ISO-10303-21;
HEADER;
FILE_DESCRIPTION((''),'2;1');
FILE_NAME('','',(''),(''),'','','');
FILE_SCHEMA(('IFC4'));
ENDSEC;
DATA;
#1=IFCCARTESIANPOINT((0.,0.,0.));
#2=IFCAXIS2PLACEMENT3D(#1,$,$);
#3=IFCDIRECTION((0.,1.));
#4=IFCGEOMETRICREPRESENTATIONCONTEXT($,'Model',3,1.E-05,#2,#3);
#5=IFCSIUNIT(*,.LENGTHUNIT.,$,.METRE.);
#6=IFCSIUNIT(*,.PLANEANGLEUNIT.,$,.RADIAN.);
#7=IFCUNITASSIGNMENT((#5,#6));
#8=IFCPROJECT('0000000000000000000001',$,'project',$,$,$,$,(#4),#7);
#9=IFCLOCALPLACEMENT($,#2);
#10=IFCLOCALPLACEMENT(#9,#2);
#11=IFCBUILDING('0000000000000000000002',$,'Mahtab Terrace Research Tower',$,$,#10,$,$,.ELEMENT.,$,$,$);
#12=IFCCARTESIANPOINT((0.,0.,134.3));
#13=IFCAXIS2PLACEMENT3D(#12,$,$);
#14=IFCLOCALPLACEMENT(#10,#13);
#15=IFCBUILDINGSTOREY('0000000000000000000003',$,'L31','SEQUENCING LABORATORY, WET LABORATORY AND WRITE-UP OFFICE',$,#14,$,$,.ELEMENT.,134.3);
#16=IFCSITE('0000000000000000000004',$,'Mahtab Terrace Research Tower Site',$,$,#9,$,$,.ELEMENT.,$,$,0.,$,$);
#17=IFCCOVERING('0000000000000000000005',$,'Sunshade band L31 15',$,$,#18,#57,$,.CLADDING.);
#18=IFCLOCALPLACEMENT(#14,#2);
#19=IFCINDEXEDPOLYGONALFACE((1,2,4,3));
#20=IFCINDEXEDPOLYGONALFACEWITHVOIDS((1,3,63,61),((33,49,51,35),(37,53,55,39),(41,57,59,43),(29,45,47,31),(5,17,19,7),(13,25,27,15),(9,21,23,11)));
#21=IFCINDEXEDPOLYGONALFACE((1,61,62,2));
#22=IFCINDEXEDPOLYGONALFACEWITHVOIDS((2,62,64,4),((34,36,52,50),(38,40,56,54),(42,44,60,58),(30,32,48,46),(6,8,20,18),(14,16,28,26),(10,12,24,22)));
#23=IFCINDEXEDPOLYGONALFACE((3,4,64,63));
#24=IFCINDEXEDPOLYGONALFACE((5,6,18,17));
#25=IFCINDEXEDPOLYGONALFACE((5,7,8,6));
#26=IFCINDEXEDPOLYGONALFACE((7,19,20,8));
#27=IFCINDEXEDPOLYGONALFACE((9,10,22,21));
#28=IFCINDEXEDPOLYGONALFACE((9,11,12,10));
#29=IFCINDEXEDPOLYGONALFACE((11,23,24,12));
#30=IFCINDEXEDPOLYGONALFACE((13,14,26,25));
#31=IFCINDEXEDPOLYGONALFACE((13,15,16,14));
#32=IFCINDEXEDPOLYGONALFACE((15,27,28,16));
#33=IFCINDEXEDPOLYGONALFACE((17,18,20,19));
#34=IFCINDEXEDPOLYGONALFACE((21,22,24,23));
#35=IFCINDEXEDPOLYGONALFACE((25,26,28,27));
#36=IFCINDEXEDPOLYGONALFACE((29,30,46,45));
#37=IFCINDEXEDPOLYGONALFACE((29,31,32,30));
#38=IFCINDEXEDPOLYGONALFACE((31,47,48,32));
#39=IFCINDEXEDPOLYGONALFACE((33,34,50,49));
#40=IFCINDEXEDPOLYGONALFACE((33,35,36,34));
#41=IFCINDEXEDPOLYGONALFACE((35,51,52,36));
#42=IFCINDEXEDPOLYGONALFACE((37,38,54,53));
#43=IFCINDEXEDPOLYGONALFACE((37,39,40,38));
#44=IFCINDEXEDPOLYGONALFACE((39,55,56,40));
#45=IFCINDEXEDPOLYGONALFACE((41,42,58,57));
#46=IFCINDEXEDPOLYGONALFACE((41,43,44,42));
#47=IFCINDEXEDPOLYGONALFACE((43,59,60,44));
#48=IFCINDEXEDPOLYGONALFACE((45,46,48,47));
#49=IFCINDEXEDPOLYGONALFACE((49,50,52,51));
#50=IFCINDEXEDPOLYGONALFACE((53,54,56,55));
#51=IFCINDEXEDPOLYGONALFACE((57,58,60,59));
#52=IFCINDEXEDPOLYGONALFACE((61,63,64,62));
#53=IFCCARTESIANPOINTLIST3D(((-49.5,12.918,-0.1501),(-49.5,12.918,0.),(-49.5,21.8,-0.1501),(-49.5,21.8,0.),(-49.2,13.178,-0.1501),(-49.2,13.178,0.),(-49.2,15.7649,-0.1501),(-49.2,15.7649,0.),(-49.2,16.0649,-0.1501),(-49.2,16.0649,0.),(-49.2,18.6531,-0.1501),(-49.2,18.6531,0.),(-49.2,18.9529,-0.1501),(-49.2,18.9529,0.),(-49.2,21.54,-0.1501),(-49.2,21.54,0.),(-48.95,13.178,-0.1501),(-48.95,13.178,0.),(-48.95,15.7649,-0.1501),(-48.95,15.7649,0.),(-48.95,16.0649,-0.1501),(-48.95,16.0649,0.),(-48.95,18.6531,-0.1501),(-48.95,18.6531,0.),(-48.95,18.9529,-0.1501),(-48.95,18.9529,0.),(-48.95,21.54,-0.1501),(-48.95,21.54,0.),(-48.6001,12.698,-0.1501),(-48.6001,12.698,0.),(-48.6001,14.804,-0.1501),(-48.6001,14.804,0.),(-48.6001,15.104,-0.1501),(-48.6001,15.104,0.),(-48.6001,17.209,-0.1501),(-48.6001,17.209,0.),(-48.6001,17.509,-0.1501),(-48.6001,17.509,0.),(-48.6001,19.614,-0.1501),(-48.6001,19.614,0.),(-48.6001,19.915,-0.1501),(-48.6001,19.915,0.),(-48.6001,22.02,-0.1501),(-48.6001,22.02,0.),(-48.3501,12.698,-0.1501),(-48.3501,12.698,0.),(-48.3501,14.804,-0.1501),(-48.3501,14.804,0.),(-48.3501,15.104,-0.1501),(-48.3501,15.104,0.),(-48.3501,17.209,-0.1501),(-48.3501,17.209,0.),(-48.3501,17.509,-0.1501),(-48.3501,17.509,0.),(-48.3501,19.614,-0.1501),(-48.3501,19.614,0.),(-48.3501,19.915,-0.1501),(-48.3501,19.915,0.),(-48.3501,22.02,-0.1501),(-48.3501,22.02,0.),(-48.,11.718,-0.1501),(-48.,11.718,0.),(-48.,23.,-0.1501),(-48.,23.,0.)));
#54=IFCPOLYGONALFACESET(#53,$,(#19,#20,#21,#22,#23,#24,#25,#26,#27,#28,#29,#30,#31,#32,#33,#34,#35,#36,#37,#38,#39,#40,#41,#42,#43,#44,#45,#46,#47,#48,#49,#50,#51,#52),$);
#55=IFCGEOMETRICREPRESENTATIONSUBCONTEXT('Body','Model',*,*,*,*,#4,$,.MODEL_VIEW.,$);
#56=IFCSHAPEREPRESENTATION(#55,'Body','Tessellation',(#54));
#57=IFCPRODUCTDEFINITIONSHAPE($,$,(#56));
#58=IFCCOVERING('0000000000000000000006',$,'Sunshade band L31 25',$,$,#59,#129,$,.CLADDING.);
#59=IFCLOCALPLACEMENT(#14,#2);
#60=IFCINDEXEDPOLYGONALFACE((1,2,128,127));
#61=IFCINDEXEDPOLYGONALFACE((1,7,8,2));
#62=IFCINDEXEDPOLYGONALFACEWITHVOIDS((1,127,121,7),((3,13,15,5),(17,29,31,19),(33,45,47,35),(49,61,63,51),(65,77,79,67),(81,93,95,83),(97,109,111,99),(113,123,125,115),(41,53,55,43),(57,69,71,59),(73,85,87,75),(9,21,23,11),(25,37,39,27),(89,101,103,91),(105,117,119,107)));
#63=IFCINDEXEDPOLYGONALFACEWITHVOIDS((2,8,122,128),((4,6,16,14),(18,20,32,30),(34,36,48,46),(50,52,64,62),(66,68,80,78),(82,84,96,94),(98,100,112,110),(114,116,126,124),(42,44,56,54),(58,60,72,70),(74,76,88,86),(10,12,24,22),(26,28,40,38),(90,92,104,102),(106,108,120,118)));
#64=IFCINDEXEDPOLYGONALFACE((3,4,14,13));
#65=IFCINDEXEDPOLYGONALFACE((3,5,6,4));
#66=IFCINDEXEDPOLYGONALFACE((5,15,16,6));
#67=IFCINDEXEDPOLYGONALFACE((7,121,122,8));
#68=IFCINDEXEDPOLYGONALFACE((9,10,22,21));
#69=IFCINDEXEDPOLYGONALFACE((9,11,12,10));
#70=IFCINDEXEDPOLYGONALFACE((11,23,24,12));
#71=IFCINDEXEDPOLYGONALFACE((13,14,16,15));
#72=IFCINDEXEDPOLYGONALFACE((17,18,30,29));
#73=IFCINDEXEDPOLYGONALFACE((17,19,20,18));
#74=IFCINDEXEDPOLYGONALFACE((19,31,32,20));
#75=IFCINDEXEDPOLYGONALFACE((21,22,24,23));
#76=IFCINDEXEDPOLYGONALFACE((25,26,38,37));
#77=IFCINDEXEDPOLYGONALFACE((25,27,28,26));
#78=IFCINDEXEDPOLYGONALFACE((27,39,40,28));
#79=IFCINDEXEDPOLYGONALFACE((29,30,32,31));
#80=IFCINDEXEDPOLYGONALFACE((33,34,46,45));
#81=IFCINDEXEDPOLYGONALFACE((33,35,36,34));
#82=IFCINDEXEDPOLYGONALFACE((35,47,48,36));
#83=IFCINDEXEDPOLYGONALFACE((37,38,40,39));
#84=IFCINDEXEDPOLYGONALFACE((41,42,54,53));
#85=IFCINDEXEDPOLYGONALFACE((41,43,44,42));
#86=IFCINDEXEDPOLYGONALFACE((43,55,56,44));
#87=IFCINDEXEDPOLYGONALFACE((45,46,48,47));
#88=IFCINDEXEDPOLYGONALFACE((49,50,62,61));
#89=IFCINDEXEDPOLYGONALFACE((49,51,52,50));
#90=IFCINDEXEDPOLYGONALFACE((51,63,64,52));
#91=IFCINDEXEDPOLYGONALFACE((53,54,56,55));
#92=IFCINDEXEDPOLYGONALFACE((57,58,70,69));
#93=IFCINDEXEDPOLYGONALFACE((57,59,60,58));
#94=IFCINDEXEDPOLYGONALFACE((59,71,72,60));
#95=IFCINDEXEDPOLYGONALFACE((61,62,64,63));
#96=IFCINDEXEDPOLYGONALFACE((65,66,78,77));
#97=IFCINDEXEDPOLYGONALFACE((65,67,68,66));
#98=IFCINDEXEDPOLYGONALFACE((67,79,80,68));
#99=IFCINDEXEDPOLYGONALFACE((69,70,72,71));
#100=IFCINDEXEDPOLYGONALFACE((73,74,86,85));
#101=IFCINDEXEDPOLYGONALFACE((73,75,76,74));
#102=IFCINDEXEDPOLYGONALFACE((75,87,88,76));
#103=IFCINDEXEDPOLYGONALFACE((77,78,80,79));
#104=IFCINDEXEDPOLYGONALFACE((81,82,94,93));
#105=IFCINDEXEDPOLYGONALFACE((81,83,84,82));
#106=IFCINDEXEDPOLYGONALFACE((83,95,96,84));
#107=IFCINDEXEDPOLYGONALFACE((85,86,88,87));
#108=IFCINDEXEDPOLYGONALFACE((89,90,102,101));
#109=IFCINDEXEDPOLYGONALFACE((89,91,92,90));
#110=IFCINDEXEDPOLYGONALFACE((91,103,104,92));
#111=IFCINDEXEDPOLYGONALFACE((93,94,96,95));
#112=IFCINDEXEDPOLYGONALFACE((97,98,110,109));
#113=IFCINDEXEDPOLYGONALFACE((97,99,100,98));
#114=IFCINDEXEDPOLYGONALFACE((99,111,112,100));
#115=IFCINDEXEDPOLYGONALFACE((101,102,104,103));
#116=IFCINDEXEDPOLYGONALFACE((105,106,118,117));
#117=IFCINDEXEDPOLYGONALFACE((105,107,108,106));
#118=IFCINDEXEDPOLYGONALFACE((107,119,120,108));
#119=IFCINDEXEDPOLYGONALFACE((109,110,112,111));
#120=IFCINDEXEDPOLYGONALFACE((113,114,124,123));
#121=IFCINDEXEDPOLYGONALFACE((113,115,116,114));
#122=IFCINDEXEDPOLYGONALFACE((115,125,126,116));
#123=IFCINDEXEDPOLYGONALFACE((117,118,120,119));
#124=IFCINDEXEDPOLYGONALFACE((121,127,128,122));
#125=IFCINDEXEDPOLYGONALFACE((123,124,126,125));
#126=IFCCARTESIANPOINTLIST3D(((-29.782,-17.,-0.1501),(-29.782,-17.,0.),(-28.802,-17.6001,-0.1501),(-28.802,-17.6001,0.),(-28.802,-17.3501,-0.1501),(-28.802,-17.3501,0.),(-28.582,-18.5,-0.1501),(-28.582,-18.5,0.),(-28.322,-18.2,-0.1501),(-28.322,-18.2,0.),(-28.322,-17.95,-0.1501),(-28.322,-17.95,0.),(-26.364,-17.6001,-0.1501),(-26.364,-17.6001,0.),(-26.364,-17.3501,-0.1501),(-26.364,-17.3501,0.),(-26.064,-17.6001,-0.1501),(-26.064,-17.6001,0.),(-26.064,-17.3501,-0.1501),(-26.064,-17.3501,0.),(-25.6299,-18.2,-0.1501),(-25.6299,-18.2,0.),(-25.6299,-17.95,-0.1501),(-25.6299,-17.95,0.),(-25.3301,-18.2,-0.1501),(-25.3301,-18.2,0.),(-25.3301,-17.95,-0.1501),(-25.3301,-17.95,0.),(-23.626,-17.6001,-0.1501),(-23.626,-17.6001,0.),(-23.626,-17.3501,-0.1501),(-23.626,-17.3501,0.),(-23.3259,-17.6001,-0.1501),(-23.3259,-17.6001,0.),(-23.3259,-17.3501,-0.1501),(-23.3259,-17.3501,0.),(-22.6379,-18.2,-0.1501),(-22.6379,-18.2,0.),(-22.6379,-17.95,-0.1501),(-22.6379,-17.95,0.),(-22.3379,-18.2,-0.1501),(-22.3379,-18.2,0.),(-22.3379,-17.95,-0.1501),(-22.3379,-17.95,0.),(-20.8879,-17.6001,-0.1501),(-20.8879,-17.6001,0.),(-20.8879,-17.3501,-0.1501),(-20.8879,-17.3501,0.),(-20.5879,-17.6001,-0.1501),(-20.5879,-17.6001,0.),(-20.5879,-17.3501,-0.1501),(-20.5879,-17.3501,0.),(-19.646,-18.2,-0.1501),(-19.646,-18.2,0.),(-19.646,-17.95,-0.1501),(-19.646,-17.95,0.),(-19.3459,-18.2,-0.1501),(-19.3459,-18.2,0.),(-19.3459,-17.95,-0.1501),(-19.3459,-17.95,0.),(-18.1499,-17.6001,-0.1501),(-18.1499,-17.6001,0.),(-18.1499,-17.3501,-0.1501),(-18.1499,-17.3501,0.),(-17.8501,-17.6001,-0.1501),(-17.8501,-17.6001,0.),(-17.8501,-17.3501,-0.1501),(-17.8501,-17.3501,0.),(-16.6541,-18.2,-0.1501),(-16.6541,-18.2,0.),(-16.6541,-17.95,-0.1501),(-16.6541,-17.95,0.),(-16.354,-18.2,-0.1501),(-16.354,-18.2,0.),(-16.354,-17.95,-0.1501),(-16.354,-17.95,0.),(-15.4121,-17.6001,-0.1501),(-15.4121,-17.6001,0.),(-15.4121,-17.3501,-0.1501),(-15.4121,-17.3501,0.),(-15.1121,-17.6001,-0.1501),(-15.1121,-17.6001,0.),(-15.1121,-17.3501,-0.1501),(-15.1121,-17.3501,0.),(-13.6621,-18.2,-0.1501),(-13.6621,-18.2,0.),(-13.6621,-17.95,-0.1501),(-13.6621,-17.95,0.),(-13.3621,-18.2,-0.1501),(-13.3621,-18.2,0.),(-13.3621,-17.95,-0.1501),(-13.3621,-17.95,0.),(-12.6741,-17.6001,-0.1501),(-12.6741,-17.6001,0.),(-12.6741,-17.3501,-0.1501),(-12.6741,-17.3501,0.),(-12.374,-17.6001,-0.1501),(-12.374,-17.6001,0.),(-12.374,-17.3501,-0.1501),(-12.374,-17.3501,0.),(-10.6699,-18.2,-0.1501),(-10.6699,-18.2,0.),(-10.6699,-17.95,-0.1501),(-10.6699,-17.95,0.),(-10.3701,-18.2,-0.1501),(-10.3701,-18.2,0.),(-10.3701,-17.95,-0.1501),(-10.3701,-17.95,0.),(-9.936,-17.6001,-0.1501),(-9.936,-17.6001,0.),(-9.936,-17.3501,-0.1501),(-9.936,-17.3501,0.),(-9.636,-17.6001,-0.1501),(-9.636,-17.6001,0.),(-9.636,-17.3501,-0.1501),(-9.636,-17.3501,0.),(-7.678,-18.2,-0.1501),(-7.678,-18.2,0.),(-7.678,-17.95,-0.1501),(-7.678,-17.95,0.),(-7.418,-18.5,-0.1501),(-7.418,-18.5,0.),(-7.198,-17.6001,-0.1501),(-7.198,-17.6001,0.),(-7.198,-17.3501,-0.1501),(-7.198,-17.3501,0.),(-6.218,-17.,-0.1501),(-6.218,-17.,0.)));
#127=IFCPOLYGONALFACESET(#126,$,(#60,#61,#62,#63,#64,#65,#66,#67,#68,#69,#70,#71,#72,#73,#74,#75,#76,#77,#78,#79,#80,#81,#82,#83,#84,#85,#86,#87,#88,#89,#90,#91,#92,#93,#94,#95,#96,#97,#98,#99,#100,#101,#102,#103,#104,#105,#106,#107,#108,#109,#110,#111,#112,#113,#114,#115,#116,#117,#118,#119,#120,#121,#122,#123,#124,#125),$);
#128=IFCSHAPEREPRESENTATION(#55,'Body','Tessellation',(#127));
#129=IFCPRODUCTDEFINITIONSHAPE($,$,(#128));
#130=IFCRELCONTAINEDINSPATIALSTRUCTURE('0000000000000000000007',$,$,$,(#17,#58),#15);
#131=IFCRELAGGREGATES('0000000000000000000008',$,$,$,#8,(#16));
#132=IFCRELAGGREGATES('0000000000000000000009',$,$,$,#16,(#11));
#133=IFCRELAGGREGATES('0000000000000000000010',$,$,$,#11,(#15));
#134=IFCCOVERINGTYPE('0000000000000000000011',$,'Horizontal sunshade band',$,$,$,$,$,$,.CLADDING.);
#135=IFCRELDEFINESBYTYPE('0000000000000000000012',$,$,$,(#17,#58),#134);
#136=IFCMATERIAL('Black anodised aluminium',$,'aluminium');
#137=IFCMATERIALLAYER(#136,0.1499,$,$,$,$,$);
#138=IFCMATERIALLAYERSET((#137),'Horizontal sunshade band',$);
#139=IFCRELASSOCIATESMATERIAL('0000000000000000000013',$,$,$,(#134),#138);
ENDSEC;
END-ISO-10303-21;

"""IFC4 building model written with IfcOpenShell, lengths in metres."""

from ifc_helpers import new_model, si_unit, direction, frame, origin, place, context, subcontext, project, spatial, polyline, outline, extrude, material, layer, layer_set, type_object, element, save


model = new_model("IFC4")

# Units and contexts
model_context = context("Model", 3, precision=1e-05, world=origin(), true_north=direction((0.0, 1.0)))
body_context = subcontext(model_context, "Body", "Model", "MODEL_VIEW")
ifc_project = project(units=[si_unit("LENGTHUNIT", "METRE"), si_unit("PLANEANGLEUNIT", "RADIAN")], contexts=[model_context])

# Site, building, storey
site_placement = place(None, origin())
site = spatial("IfcSite", under=ifc_project, at=site_placement, Name="Mahtab Terrace Research Tower Site", CompositionType="ELEMENT", RefElevation=0.0)
building_placement = place(site_placement, origin())
building = spatial("IfcBuilding", under=site, at=building_placement, Name="Mahtab Terrace Research Tower", CompositionType="ELEMENT")
storey_placement = place(building_placement, frame((0.0, 0.0, 134.3)))
storey = spatial("IfcBuildingStorey", under=building, at=storey_placement, Name="L31", Description="SEQUENCING LABORATORY, WET LABORATORY AND WRITE-UP OFFICE", CompositionType="ELEMENT", Elevation=134.3)

# Coverings
ifc_material_1 = material(Name="Black anodised aluminium", Category="aluminium")
ifc_layer_1 = layer(ifc_material_1, 0.1499)
ifc_layer_set_1 = layer_set([ifc_layer_1], Name="Horizontal sunshade band")
covering_type = type_object("IfcCoveringType", Name="Horizontal sunshade band", PredefinedType="CLADDING", material=ifc_layer_set_1)
covering_1_placement = place(storey_placement, frame((0.0, 0.0, -0.1501)))
element("IfcCovering", 1, at=covering_1_placement, inside=storey, type_object=covering_type, Name="Sunshade band L31 15", PredefinedType="CLADDING", context=body_context, shape_type="SweptSolid", body=[
    extrude(outline(polyline([(-48.0, 23.0), (-48.0, 11.718), (-49.5, 12.918), (-49.5, 21.8), (-48.0, 23.0)]), holes=[polyline([(-48.3501, 22.02), (-48.3501, 19.915), (-48.6001, 19.915), (-48.6001, 22.02), (-48.3501, 22.02)]), polyline([(-48.3501, 19.614), (-48.3501, 17.509), (-48.6001, 17.509), (-48.6001, 19.614), (-48.3501, 19.614)]), polyline([(-48.3501, 17.209), (-48.3501, 15.104), (-48.6001, 15.104), (-48.6001, 17.209), (-48.3501, 17.209)]), polyline([(-48.3501, 14.804), (-48.3501, 12.698), (-48.6001, 12.698), (-48.6001, 14.804), (-48.3501, 14.804)]), polyline([(-48.95, 21.54), (-48.95, 18.9529), (-49.2, 18.9529), (-49.2, 21.54), (-48.95, 21.54)]), polyline([(-48.95, 18.6531), (-48.95, 16.0649), (-49.2, 16.0649), (-49.2, 18.6531), (-48.95, 18.6531)]), polyline([(-48.95, 15.7649), (-48.95, 13.178), (-49.2, 13.178), (-49.2, 15.7649), (-48.95, 15.7649)])]), origin(), (0.0, 0.0, 1.0), 0.1501),
])
covering_2_placement = place(storey_placement, frame((0.0, 0.0, -0.1501)))
element("IfcCovering", 2, at=covering_2_placement, inside=storey, type_object=covering_type, Name="Sunshade band L31 25", PredefinedType="CLADDING", context=body_context, shape_type="SweptSolid", body=[
    extrude(outline(polyline([(-29.782, -17.0), (-6.218, -17.0), (-7.418, -18.5), (-28.582, -18.5), (-29.782, -17.0)]), holes=[polyline([(-28.802, -17.3501), (-26.364, -17.3501), (-26.364, -17.6001), (-28.802, -17.6001), (-28.802, -17.3501)]), polyline([(-26.064, -17.3501), (-23.626, -17.3501), (-23.626, -17.6001), (-26.064, -17.6001), (-26.064, -17.3501)]), polyline([(-23.3259, -17.3501), (-20.8879, -17.3501), (-20.8879, -17.6001), (-23.3259, -17.6001), (-23.3259, -17.3501)]), polyline([(-20.5879, -17.3501), (-18.1499, -17.3501), (-18.1499, -17.6001), (-20.5879, -17.6001), (-20.5879, -17.3501)]), polyline([(-17.8501, -17.3501), (-15.4121, -17.3501), (-15.4121, -17.6001), (-17.8501, -17.6001), (-17.8501, -17.3501)]), polyline([(-15.1121, -17.3501), (-12.6741, -17.3501), (-12.6741, -17.6001), (-15.1121, -17.6001), (-15.1121, -17.3501)]), polyline([(-12.374, -17.3501), (-9.936, -17.3501), (-9.936, -17.6001), (-12.374, -17.6001), (-12.374, -17.3501)]), polyline([(-9.636, -17.3501), (-7.198, -17.3501), (-7.198, -17.6001), (-9.636, -17.6001), (-9.636, -17.3501)]), polyline([(-28.322, -17.95), (-25.6299, -17.95), (-25.6299, -18.2), (-28.322, -18.2), (-28.322, -17.95)]), polyline([(-25.3301, -17.95), (-22.6379, -17.95), (-22.6379, -18.2), (-25.3301, -18.2), (-25.3301, -17.95)]), polyline([(-22.3379, -17.95), (-19.646, -17.95), (-19.646, -18.2), (-22.3379, -18.2), (-22.3379, -17.95)]), polyline([(-19.3459, -17.95), (-16.6541, -17.95), (-16.6541, -18.2), (-19.3459, -18.2), (-19.3459, -17.95)]), polyline([(-16.354, -17.95), (-13.6621, -17.95), (-13.6621, -18.2), (-16.354, -18.2), (-16.354, -17.95)]), polyline([(-13.3621, -17.95), (-10.6699, -17.95), (-10.6699, -18.2), (-13.3621, -18.2), (-13.3621, -17.95)]), polyline([(-10.3701, -17.95), (-7.678, -17.95), (-7.678, -18.2), (-10.3701, -18.2), (-10.3701, -17.95)])]), origin(), (0.0, 0.0, 1.0), 0.1501),
])

save(model, "model.ifc")
